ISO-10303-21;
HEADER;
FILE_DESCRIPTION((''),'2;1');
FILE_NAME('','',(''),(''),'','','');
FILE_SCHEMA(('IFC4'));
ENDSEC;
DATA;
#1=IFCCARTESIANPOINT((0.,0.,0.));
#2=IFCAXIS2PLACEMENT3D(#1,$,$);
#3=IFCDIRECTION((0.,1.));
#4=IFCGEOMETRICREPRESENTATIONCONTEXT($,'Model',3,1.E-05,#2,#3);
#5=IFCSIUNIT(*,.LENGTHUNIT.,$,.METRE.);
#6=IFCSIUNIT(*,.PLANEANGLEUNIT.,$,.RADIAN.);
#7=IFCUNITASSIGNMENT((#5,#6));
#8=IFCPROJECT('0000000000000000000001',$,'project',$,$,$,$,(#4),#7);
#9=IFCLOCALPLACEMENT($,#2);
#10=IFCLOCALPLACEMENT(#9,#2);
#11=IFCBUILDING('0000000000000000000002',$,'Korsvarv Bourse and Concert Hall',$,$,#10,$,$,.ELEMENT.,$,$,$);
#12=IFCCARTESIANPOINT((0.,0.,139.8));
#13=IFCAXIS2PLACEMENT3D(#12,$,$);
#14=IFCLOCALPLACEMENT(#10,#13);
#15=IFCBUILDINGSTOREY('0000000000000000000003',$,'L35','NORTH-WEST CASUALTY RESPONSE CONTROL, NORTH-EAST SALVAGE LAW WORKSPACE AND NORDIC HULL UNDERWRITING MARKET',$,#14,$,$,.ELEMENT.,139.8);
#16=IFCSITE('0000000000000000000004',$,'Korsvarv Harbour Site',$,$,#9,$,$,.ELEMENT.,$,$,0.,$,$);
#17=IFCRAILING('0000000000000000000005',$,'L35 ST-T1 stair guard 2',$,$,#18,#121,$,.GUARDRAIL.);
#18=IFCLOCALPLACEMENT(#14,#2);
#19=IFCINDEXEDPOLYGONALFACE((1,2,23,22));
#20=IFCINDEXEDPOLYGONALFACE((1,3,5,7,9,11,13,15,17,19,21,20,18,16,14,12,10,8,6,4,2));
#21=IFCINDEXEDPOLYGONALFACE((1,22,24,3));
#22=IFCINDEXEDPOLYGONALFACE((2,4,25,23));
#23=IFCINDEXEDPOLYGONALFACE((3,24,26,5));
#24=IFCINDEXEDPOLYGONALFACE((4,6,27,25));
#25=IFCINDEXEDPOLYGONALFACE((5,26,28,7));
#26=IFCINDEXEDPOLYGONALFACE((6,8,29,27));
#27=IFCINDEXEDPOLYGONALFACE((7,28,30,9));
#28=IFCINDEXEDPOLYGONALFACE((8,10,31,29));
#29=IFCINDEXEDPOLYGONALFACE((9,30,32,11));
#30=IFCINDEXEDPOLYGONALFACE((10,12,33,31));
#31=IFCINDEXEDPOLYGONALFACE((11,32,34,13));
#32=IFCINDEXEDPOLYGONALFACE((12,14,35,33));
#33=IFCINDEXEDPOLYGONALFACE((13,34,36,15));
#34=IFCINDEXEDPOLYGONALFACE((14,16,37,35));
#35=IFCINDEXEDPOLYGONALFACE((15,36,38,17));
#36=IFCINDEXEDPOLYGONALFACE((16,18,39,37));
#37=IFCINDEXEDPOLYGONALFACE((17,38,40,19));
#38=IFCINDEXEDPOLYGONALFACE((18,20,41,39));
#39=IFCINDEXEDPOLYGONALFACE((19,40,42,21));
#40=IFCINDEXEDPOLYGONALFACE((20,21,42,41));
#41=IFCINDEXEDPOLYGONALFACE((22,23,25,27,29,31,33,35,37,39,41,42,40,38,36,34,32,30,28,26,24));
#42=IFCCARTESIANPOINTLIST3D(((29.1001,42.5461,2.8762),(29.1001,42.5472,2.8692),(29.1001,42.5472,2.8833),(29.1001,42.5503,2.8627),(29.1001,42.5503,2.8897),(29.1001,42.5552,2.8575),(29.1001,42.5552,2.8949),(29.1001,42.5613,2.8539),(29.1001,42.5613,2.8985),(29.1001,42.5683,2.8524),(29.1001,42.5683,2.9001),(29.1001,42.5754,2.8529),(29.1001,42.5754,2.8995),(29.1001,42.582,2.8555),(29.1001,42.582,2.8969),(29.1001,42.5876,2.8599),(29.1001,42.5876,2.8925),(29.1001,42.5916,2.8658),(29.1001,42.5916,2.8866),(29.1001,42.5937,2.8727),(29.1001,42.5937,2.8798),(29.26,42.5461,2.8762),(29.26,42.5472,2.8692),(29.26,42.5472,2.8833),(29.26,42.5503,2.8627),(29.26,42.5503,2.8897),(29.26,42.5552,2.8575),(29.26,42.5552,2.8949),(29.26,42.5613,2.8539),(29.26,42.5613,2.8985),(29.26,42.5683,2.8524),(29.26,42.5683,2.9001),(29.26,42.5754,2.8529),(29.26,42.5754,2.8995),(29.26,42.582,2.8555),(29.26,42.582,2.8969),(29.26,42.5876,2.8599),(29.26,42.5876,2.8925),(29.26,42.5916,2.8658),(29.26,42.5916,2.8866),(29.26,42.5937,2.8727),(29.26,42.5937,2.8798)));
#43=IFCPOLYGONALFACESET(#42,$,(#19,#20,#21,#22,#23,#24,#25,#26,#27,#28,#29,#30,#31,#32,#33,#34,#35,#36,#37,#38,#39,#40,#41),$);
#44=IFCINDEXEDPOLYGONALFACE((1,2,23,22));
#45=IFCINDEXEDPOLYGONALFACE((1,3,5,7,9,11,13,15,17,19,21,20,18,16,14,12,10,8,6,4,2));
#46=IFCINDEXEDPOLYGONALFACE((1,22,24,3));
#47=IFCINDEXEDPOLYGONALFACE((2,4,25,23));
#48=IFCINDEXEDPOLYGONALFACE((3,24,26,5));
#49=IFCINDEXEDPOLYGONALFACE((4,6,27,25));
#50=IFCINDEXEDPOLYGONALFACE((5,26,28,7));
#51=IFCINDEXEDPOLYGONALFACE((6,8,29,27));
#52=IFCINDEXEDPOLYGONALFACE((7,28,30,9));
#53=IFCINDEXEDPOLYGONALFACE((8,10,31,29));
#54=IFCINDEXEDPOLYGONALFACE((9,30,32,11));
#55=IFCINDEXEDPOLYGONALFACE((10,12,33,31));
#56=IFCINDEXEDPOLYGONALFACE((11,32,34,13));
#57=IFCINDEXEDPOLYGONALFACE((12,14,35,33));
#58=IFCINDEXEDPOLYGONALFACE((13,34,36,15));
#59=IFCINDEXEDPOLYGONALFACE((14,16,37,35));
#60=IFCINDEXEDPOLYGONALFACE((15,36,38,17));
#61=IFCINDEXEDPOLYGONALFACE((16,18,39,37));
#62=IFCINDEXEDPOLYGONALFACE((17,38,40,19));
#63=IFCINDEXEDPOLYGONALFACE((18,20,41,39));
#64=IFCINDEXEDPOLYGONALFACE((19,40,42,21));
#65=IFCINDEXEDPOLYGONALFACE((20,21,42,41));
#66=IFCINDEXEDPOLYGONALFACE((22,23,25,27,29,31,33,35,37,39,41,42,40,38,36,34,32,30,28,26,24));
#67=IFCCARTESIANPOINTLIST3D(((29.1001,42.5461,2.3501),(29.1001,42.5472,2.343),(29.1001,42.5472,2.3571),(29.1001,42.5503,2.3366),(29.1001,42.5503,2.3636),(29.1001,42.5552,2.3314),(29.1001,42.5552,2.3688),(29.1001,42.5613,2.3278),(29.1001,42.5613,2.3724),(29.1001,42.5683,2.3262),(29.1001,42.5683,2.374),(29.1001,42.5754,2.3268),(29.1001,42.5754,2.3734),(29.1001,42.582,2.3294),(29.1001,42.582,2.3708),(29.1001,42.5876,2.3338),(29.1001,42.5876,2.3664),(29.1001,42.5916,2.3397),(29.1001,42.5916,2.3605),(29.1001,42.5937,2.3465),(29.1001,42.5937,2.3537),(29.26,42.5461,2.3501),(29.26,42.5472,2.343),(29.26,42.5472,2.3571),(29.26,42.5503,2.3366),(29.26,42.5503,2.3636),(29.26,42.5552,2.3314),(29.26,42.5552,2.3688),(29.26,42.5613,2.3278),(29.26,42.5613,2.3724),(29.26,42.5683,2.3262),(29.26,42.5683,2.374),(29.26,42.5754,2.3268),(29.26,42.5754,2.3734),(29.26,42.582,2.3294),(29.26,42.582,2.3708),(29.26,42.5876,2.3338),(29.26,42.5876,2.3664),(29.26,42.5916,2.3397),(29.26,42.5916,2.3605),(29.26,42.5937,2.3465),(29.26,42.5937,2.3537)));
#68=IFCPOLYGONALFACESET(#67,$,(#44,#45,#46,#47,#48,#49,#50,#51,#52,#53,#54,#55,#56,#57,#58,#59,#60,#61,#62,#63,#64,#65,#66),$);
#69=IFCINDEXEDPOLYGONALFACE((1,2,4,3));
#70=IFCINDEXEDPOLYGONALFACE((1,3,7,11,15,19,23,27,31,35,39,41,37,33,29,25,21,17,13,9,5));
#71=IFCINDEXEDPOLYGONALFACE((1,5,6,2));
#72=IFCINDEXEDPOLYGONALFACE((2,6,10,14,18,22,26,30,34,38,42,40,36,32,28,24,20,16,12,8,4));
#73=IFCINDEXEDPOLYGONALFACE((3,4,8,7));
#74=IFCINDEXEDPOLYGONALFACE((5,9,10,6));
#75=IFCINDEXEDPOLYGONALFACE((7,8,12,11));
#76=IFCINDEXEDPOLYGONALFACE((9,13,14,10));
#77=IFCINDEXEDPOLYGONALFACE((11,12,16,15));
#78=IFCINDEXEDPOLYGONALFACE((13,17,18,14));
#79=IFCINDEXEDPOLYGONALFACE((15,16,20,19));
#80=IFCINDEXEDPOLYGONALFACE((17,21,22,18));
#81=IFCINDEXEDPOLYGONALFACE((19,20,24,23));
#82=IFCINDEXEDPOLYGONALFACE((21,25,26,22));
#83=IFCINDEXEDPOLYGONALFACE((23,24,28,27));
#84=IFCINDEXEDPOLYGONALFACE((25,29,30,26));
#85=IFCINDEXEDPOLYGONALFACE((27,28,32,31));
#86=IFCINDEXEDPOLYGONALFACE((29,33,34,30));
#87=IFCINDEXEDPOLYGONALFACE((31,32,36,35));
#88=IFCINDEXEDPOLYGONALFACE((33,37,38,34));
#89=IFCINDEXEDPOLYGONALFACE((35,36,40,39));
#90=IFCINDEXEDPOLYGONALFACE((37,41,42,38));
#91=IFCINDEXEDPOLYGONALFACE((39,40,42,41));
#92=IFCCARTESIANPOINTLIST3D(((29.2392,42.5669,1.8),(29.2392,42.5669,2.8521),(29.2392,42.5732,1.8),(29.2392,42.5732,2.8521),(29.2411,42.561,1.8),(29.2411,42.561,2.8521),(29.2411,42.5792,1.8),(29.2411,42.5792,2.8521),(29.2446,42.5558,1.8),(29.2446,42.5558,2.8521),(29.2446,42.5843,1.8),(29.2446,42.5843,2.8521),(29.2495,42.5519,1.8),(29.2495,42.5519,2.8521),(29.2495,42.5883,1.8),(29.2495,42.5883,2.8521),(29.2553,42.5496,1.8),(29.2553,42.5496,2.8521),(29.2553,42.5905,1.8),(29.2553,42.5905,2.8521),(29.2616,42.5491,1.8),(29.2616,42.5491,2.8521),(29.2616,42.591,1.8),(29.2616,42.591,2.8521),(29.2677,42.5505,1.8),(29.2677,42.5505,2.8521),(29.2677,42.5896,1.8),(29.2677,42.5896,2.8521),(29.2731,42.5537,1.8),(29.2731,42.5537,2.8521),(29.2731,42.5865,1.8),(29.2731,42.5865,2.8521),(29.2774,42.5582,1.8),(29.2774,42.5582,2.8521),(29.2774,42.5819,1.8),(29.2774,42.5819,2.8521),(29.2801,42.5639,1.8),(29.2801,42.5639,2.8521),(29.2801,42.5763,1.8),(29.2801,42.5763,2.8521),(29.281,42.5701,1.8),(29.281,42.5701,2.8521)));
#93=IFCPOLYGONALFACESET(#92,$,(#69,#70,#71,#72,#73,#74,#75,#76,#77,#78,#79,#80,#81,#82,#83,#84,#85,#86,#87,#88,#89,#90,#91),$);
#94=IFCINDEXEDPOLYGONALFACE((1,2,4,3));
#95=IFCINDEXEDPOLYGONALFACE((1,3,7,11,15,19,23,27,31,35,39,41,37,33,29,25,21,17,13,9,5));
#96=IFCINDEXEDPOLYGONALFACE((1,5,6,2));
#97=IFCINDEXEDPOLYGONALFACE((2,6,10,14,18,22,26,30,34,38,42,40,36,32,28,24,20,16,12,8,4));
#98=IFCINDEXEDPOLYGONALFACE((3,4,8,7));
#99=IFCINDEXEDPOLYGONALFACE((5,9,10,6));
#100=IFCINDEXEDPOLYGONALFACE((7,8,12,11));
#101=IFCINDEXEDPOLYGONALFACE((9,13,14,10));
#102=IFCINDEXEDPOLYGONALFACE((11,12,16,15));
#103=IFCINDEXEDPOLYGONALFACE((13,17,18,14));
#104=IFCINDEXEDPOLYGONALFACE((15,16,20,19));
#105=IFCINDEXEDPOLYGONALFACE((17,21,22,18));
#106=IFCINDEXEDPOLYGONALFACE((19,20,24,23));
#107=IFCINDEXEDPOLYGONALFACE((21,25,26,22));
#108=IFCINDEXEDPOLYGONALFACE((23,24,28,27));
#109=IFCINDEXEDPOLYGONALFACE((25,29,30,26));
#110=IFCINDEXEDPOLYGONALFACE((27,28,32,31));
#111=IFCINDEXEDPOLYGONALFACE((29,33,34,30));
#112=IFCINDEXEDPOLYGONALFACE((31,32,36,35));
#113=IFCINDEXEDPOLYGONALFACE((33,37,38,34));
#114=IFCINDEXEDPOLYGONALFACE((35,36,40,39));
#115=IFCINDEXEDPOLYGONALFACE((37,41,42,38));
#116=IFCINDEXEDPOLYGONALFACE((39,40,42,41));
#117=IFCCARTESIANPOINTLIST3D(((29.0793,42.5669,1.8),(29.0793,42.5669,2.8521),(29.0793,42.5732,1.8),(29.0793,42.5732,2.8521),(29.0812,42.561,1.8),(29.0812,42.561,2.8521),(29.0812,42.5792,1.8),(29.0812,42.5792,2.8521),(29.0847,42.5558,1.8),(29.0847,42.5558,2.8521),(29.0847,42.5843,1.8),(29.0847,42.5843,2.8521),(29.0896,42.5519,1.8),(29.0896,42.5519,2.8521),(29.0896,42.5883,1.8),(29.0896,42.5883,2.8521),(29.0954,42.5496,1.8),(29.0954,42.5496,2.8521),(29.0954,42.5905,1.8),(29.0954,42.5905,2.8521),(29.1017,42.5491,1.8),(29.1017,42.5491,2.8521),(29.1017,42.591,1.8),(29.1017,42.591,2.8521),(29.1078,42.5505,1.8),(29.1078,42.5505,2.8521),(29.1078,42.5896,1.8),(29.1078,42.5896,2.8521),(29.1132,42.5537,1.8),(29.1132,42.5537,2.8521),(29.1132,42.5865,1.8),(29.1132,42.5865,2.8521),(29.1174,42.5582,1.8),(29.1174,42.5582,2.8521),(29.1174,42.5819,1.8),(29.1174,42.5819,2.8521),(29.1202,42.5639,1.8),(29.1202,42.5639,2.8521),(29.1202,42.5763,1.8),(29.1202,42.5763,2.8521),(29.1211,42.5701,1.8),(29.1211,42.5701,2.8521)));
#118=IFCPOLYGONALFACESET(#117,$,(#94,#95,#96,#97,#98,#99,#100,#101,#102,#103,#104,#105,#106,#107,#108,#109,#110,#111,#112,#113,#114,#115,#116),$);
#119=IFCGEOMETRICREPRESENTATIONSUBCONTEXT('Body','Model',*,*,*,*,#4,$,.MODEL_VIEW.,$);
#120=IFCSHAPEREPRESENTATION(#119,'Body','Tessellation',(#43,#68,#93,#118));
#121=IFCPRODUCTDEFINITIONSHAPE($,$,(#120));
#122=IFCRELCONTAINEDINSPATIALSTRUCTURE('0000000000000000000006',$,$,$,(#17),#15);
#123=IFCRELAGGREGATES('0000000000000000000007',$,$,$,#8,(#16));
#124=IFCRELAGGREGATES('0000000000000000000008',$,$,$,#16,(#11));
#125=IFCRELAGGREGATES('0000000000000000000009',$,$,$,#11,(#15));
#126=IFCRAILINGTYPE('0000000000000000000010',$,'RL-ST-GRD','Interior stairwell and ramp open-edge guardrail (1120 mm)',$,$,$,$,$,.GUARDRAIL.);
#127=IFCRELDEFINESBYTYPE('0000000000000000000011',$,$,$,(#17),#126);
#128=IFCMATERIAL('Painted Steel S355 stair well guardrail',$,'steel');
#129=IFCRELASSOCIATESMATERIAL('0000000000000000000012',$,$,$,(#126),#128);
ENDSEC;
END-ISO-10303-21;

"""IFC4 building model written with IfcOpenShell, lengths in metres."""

from ifc_helpers import new_model, si_unit, direction, frame, origin, origin_2d, place, context, subcontext, project, spatial, circle, extrude, material, type_object, element, save


model = new_model("IFC4")

# Units and contexts
model_context = context("Model", 3, precision=1e-05, world=origin(), true_north=direction((0.0, 1.0)))
body_context = subcontext(model_context, "Body", "Model", "MODEL_VIEW")
ifc_project = project(units=[si_unit("LENGTHUNIT", "METRE"), si_unit("PLANEANGLEUNIT", "RADIAN")], contexts=[model_context])

# Site, building, storey
site_placement = place(None, origin())
site = spatial("IfcSite", under=ifc_project, at=site_placement, Name="Korsvarv Harbour Site", CompositionType="ELEMENT", RefElevation=0.0)
building_placement = place(site_placement, origin())
building = spatial("IfcBuilding", under=site, at=building_placement, Name="Korsvarv Bourse and Concert Hall", CompositionType="ELEMENT")
storey_placement = place(building_placement, frame((0.0, 0.0, 139.8)))
storey = spatial("IfcBuildingStorey", under=building, at=storey_placement, Name="L35", Description="NORTH-WEST CASUALTY RESPONSE CONTROL, NORTH-EAST SALVAGE LAW WORKSPACE AND NORDIC HULL UNDERWRITING MARKET", CompositionType="ELEMENT", Elevation=139.8)

# Railing
ifc_material_1 = material(Name="Painted Steel S355 stair well guardrail", Category="steel")
railing_type = type_object("IfcRailingType", Name="RL-ST-GRD", Description="Interior stairwell and ramp open-edge guardrail (1120 mm)", PredefinedType="GUARDRAIL", material=ifc_material_1)
railing_1_placement = place(storey_placement, frame((29.26, 42.5701, 1.8)))
element("IfcRailing", 1, at=railing_1_placement, inside=storey, type_object=railing_type, Name="L35 ST-T1 stair guard 2", PredefinedType="GUARDRAIL", context=body_context, shape_type="SweptSolid", body=[
    extrude(circle(Radius=0.0239, at=origin_2d()), frame((0.0, 0.0, 1.0762), z_axis=(-1.0, 0.0, 0.0), x_axis=(0.0, -1.0, 0.0)), (0.0, 0.0, 1.0), 0.1599),
    extrude(circle(Radius=0.0239, at=origin_2d()), frame((0.0, 0.0, 0.55), z_axis=(-1.0, 0.0, 0.0), x_axis=(0.0, -1.0, 0.0)), (0.0, 0.0, 1.0), 0.1599),
    extrude(circle(Radius=0.021, at=origin_2d()), origin(), (0.0, 0.0, 1.0), 1.052),
    extrude(circle(Radius=0.021, at=origin_2d()), frame((-0.1599, 0.0, 0.0)), (0.0, 0.0, 1.0), 1.052),
])

save(model, "model.ifc")
